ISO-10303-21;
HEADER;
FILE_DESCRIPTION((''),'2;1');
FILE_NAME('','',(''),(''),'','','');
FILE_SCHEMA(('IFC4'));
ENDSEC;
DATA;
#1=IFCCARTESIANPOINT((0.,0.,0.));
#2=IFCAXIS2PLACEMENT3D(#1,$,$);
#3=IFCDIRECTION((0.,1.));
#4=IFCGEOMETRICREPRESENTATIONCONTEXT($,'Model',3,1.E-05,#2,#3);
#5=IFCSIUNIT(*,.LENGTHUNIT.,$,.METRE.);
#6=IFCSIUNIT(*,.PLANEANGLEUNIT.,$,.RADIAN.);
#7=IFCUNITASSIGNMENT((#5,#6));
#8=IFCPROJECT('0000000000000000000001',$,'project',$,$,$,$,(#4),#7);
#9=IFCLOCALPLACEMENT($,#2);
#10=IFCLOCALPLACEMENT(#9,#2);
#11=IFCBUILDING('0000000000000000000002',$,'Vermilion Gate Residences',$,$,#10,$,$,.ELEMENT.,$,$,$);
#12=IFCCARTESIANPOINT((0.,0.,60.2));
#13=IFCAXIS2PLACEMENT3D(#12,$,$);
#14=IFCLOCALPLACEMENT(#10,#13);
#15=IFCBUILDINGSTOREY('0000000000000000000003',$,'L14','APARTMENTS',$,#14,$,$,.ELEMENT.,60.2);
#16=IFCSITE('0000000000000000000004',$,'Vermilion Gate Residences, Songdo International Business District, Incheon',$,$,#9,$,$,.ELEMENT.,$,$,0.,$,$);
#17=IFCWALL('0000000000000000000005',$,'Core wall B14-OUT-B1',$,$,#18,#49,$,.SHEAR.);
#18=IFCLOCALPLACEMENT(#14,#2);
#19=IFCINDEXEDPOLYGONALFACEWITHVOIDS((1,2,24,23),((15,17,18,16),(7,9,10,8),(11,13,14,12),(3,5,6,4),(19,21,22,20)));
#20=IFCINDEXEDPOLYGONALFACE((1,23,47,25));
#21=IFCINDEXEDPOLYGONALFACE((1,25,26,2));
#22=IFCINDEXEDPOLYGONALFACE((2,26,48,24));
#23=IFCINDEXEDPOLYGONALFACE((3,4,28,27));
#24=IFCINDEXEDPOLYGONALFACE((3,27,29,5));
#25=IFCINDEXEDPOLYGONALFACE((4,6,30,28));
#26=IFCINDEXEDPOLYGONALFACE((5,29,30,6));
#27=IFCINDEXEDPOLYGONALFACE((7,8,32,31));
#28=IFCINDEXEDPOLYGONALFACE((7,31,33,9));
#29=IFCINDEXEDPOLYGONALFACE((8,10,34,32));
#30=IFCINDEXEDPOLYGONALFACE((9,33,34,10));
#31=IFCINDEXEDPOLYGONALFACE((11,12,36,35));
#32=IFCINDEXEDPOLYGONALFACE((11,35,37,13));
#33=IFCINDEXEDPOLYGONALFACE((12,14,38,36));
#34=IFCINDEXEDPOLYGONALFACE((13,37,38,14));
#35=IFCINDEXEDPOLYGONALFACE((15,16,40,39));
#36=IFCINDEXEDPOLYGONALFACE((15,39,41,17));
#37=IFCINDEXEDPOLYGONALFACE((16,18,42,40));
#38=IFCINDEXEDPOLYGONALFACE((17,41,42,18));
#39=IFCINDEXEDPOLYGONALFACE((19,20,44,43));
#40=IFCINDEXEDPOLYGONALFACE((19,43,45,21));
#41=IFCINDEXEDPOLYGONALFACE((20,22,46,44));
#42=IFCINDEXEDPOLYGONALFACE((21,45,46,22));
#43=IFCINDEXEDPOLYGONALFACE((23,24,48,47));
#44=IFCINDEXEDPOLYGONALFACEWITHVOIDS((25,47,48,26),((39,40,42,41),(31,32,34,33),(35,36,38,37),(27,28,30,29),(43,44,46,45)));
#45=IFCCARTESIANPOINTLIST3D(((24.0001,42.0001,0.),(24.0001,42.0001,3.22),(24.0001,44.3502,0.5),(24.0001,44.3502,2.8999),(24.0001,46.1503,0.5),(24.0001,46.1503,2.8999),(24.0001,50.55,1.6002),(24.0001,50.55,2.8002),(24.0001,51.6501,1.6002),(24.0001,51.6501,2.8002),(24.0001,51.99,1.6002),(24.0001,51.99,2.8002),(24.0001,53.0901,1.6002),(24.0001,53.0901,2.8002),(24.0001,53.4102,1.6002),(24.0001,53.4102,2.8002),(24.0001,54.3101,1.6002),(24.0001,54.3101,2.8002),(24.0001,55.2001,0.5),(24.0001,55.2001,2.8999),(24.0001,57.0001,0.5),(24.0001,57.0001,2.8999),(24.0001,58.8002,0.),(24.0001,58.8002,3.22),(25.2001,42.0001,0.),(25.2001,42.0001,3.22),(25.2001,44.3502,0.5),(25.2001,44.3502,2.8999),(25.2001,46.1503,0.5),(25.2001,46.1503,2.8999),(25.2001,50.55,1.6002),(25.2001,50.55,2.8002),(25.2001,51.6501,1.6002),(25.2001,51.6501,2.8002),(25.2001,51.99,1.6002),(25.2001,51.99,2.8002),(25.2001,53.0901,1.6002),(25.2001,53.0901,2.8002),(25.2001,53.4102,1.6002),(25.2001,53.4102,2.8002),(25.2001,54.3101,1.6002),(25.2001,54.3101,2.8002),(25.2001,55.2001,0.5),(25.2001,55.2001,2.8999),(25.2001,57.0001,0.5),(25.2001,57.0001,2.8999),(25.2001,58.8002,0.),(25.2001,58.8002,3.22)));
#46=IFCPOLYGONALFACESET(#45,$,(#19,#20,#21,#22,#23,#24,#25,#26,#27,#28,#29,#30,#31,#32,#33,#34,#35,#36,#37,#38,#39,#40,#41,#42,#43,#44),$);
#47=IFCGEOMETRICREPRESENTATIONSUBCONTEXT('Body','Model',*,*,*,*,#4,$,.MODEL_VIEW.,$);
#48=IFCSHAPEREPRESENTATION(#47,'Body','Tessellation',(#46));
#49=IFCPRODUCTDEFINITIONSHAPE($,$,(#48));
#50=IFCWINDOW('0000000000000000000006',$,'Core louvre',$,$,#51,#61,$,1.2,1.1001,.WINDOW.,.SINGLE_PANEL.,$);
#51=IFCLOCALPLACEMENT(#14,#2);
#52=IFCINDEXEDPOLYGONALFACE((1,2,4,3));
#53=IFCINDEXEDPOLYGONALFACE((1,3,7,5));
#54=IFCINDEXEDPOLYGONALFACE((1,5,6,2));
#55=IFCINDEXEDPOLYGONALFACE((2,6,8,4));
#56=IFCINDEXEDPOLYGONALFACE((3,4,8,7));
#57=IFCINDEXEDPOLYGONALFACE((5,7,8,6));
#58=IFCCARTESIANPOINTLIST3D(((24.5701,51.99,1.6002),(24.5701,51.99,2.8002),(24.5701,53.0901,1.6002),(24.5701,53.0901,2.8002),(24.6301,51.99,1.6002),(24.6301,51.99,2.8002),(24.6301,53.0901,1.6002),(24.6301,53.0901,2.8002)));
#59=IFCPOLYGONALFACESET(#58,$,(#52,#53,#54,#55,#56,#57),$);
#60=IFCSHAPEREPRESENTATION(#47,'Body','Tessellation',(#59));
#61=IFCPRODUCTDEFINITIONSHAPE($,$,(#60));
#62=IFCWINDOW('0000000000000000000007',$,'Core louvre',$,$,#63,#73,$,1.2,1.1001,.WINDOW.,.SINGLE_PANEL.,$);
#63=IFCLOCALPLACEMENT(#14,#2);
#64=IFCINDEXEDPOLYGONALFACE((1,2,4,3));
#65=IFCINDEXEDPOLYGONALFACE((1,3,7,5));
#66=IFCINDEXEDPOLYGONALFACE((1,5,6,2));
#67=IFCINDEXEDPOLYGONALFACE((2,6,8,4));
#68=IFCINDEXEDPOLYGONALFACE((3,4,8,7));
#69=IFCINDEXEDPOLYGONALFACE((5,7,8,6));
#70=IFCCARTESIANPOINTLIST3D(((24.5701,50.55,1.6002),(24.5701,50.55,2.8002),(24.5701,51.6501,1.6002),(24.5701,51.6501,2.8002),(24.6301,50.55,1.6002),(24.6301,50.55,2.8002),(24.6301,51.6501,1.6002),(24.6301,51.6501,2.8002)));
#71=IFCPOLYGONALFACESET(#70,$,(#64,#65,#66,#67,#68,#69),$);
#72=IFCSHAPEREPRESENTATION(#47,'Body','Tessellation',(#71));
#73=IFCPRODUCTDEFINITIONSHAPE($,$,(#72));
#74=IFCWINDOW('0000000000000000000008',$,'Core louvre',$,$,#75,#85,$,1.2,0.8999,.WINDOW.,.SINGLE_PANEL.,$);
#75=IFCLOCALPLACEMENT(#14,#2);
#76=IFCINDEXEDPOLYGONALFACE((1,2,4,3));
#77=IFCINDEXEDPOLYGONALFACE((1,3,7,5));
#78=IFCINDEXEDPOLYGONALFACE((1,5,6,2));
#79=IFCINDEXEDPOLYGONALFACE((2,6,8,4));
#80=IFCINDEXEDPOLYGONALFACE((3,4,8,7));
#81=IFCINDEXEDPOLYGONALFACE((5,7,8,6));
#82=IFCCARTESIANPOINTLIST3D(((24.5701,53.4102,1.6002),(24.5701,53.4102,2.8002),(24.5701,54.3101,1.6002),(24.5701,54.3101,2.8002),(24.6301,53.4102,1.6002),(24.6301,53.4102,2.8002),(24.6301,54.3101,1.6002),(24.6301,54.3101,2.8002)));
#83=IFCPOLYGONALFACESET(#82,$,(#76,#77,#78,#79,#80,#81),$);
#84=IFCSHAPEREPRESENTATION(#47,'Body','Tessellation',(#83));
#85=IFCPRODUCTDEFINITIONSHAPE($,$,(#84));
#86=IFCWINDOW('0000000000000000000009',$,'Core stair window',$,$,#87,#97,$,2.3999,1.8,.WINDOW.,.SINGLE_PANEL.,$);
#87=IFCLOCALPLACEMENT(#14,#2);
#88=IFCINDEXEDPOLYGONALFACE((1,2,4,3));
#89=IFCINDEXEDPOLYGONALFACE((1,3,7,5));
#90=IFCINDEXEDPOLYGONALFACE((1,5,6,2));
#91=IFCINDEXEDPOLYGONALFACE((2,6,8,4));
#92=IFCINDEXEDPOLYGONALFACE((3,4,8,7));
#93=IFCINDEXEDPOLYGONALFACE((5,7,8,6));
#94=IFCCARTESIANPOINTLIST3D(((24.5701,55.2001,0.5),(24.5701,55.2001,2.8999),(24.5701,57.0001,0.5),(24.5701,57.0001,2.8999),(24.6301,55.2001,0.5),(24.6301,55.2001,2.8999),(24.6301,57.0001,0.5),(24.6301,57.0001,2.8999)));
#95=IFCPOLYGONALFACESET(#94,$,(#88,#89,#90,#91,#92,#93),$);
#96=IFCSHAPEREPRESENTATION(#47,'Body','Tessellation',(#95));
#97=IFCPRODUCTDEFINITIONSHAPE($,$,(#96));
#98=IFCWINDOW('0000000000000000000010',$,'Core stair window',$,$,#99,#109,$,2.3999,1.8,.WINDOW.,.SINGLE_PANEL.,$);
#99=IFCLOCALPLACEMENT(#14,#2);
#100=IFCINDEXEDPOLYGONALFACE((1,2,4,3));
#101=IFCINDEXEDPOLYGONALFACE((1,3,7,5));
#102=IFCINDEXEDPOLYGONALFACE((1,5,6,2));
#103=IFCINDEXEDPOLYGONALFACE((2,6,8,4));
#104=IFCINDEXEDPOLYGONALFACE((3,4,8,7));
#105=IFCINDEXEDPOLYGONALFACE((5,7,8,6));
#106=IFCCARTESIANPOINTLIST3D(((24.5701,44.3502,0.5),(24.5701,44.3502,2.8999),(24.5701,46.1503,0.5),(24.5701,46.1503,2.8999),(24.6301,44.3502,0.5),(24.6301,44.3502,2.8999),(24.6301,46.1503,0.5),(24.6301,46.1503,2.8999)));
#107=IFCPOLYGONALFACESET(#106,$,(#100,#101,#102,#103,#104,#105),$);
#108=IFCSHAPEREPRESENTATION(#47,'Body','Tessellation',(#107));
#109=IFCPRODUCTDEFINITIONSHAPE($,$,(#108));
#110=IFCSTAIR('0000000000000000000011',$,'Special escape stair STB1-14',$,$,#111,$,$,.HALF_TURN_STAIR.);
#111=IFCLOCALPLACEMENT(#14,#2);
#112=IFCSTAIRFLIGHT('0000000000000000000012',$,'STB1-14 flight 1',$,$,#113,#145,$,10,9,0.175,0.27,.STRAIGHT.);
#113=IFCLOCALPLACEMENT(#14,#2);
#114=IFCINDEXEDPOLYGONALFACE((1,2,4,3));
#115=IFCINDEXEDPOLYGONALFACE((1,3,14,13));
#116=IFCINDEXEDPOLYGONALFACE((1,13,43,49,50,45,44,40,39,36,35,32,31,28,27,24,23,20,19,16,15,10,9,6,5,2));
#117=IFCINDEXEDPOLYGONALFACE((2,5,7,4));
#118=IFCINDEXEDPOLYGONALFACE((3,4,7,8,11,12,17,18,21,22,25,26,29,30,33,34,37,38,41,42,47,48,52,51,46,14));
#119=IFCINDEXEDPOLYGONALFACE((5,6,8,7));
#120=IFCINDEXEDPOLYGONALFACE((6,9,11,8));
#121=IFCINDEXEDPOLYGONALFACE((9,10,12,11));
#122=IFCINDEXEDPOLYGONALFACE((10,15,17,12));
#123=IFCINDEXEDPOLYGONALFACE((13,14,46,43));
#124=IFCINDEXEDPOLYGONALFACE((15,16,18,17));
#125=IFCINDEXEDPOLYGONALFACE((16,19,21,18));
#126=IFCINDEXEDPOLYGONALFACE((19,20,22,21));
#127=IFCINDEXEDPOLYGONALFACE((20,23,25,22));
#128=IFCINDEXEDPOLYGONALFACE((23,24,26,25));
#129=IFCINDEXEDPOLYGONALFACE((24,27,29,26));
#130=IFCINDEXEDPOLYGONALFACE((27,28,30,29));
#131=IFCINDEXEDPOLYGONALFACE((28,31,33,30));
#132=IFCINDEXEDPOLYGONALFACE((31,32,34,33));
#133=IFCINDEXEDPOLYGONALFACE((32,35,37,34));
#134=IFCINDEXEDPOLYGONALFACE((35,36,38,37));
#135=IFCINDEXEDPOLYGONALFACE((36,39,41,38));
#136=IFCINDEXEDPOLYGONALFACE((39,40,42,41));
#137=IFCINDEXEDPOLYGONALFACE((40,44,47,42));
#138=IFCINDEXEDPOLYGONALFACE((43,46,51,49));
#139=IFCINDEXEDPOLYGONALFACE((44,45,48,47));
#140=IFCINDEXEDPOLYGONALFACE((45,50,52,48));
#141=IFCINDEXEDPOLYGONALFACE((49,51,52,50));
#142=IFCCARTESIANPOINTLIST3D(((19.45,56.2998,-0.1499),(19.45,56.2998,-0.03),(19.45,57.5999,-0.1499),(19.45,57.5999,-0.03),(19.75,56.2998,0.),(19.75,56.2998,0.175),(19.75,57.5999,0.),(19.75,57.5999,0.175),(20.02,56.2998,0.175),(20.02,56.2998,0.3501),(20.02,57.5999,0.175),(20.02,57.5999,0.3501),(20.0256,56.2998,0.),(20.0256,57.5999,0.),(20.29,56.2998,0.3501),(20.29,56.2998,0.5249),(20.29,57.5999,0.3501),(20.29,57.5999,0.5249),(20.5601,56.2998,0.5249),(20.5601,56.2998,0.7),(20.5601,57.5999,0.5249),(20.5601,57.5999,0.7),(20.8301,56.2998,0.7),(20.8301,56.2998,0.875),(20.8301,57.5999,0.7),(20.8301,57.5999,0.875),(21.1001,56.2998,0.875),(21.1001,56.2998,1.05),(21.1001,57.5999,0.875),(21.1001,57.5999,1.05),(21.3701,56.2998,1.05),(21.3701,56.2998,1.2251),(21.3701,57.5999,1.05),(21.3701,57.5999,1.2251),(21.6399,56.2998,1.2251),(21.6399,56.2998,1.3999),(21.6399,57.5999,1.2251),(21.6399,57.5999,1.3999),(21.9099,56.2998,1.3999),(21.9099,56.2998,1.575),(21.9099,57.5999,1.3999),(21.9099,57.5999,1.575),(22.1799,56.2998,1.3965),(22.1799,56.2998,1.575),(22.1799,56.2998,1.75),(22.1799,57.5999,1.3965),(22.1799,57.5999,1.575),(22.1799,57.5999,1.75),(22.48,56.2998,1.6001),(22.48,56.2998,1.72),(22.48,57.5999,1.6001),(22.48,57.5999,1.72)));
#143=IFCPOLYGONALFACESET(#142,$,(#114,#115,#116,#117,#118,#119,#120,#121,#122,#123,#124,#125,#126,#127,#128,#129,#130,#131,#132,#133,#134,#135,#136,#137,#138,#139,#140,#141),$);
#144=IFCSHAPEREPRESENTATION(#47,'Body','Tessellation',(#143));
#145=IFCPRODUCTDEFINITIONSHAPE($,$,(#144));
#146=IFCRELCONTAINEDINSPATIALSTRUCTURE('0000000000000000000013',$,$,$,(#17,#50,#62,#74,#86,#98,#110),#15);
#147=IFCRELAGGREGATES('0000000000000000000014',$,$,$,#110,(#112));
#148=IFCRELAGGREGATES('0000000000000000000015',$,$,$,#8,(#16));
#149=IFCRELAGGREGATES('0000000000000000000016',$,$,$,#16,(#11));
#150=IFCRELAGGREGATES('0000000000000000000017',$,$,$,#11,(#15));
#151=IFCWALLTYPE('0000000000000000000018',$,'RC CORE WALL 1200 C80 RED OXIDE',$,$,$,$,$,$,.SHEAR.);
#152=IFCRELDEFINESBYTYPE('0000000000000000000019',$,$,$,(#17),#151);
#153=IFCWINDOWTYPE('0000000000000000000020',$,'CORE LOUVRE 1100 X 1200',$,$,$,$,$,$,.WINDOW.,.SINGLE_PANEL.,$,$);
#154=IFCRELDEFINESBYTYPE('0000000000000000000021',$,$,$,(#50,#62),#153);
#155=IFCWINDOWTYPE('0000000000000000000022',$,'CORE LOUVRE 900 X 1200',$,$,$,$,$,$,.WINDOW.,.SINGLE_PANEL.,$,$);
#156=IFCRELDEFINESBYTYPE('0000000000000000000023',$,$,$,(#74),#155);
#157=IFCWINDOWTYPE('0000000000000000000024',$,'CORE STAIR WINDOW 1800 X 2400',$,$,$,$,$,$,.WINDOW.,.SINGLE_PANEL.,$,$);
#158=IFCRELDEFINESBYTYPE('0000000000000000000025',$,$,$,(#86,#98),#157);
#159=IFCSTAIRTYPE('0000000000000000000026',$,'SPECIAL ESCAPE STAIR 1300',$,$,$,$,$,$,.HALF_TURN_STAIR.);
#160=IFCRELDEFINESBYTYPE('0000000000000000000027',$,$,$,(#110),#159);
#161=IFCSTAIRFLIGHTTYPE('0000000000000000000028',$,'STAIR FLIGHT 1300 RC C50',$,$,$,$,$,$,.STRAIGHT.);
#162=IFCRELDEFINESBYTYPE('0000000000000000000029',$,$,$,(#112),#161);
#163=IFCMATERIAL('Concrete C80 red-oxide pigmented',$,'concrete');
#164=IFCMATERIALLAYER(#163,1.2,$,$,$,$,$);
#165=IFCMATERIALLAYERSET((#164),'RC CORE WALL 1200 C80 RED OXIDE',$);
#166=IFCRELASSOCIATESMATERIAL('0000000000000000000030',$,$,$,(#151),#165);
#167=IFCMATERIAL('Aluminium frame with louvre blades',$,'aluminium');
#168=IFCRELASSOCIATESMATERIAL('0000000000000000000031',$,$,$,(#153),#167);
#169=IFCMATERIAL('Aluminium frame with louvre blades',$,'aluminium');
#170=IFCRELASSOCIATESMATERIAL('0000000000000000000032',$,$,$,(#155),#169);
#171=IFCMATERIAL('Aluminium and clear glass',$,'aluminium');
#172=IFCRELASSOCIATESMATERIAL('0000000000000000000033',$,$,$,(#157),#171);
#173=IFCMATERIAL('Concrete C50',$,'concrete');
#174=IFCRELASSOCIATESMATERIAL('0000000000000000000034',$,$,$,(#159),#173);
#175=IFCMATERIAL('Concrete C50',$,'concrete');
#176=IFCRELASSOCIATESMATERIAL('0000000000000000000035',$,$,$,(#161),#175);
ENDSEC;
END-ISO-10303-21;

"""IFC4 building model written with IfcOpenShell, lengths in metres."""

from ifc_helpers import new_model, si_unit, direction, frame, frame_2d, origin, place, context, subcontext, project, spatial, polyline, rectangle, outline, extrude, material, layer, layer_set, type_object, element, fill, aggregate, save


model = new_model("IFC4")

# Units and contexts
model_context = context("Model", 3, precision=1e-05, world=origin(), true_north=direction((0.0, 1.0)))
body_context = subcontext(model_context, "Body", "Model", "MODEL_VIEW")
ifc_project = project(units=[si_unit("LENGTHUNIT", "METRE"), si_unit("PLANEANGLEUNIT", "RADIAN")], contexts=[model_context])

# Site, building, storey
site_placement = place(None, origin())
site = spatial("IfcSite", under=ifc_project, at=site_placement, Name="Vermilion Gate Residences, Songdo International Business District, Incheon", CompositionType="ELEMENT", RefElevation=0.0)
building_placement = place(site_placement, origin())
building = spatial("IfcBuilding", under=site, at=building_placement, Name="Vermilion Gate Residences", CompositionType="ELEMENT")
storey_placement = place(building_placement, frame((0.0, 0.0, 60.2)))
storey = spatial("IfcBuildingStorey", under=building, at=storey_placement, Name="L14", Description="APARTMENTS", CompositionType="ELEMENT", Elevation=60.2)

# Wall, openings, windows
ifc_material_1 = material(Name="Concrete C80 red-oxide pigmented", Category="concrete")
ifc_layer_1 = layer(ifc_material_1, 1.2)
ifc_layer_set_1 = layer_set([ifc_layer_1], Name="RC CORE WALL 1200 C80 RED OXIDE")
wall_type_1 = type_object("IfcWallType", Name="RC CORE WALL 1200 C80 RED OXIDE", PredefinedType="SHEAR", material=ifc_layer_set_1)
wall_1_placement = place(storey_placement, frame((24.6001, 58.8, 0.0), z_axis=(0.0, 0.0, 1.0), x_axis=(0.0, -1.0, 0.0)))
wall_1 = element("IfcWall", 1, at=wall_1_placement, inside=storey, type_object=wall_type_1, Name="Core wall B14-OUT-B1", PredefinedType="SHEAR", context=body_context, shape_type="SweptSolid", body=[
    extrude(rectangle(XDim=16.8, YDim=1.2, at=frame_2d((8.3999, 0.0))), origin(), (0.0, 0.0, 1.0), 3.22),
])
opening_1_placement = place(wall_1_placement, frame((1.8, 0.0, 0.5)))
opening_1 = element("IfcOpeningElement", 2, at=opening_1_placement, cuts=wall_1, PredefinedType="OPENING", context=body_context, shape_type="SweptSolid", body=[
    extrude(rectangle(XDim=1.8, YDim=2.3999, at=frame_2d((0.8999, 1.2))), frame((0.0, 0.6099, 0.0), z_axis=(0.0, -1.0, 0.0), x_axis=(1.0, 0.0, 0.0)), (0.0, 0.0, 1.0), 1.22),
])
opening_2_placement = place(wall_1_placement, frame((4.49, 0.0, 1.6001)))
opening_2 = element("IfcOpeningElement", 3, at=opening_2_placement, cuts=wall_1, PredefinedType="OPENING", context=body_context, shape_type="SweptSolid", body=[
    extrude(rectangle(XDim=0.8999, YDim=1.2, at=frame_2d((0.45, 0.6001))), frame((0.0, 0.6099, 0.0), z_axis=(0.0, -1.0, 0.0), x_axis=(1.0, 0.0, 0.0)), (0.0, 0.0, 1.0), 1.22),
])
opening_3_placement = place(wall_1_placement, frame((5.71, 0.0, 1.6001)))
opening_3 = element("IfcOpeningElement", 4, at=opening_3_placement, cuts=wall_1, PredefinedType="OPENING", context=body_context, shape_type="SweptSolid", body=[
    extrude(rectangle(XDim=1.1001, YDim=1.2, at=frame_2d((0.55, 0.6001))), frame((0.0, 0.6099, 0.0), z_axis=(0.0, -1.0, 0.0), x_axis=(1.0, 0.0, 0.0)), (0.0, 0.0, 1.0), 1.22),
])
opening_4_placement = place(wall_1_placement, frame((7.1499, 0.0, 1.6001)))
opening_4 = element("IfcOpeningElement", 5, at=opening_4_placement, cuts=wall_1, PredefinedType="OPENING", context=body_context, shape_type="SweptSolid", body=[
    extrude(rectangle(XDim=1.1001, YDim=1.2, at=frame_2d((0.55, 0.6001))), frame((0.0, 0.6099, 0.0), z_axis=(0.0, -1.0, 0.0), x_axis=(1.0, 0.0, 0.0)), (0.0, 0.0, 1.0), 1.22),
])
opening_5_placement = place(wall_1_placement, frame((12.6499, 0.0, 0.5)))
opening_5 = element("IfcOpeningElement", 6, at=opening_5_placement, cuts=wall_1, PredefinedType="OPENING", context=body_context, shape_type="SweptSolid", body=[
    extrude(rectangle(XDim=1.8, YDim=2.3999, at=frame_2d((0.8999, 1.2))), frame((0.0, 0.6099, 0.0), z_axis=(0.0, -1.0, 0.0), x_axis=(1.0, 0.0, 0.0)), (0.0, 0.0, 1.0), 1.22),
])
ifc_material_2 = material(Name="Aluminium frame with louvre blades", Category="aluminium")
window_type_1 = type_object("IfcWindowType", Name="CORE LOUVRE 1100 X 1200", PartitioningType="SINGLE_PANEL", PredefinedType="WINDOW", material=ifc_material_2)
window_1_placement = place(opening_3_placement, origin())
window_1 = element("IfcWindow", 7, at=window_1_placement, inside=storey, type_object=window_type_1, Name="Core louvre", OverallHeight=1.2, OverallWidth=1.1001, PartitioningType="SINGLE_PANEL", PredefinedType="WINDOW", context=body_context, shape_type="SweptSolid", body=[
    extrude(rectangle(XDim=1.1001, YDim=1.2, at=frame_2d((0.55, 0.6001))), frame((0.0, 0.03, 0.0), z_axis=(0.0, -1.0, 0.0), x_axis=(1.0, 0.0, 0.0)), (0.0, 0.0, 1.0), 0.0601),
])
fill(opening_3, window_1)
window_2_placement = place(opening_4_placement, origin())
window_2 = element("IfcWindow", 8, at=window_2_placement, inside=storey, type_object=window_type_1, Name="Core louvre", OverallHeight=1.2, OverallWidth=1.1001, PartitioningType="SINGLE_PANEL", PredefinedType="WINDOW", context=body_context, shape_type="SweptSolid", body=[
    extrude(rectangle(XDim=1.1001, YDim=1.2, at=frame_2d((0.55, 0.6001))), frame((0.0, 0.03, 0.0), z_axis=(0.0, -1.0, 0.0), x_axis=(1.0, 0.0, 0.0)), (0.0, 0.0, 1.0), 0.0601),
])
fill(opening_4, window_2)
ifc_material_3 = material(Name="Aluminium frame with louvre blades", Category="aluminium")
window_type_2 = type_object("IfcWindowType", Name="CORE LOUVRE 900 X 1200", PartitioningType="SINGLE_PANEL", PredefinedType="WINDOW", material=ifc_material_3)
window_3_placement = place(opening_2_placement, origin())
window_3 = element("IfcWindow", 9, at=window_3_placement, inside=storey, type_object=window_type_2, Name="Core louvre", OverallHeight=1.2, OverallWidth=0.8999, PartitioningType="SINGLE_PANEL", PredefinedType="WINDOW", context=body_context, shape_type="SweptSolid", body=[
    extrude(rectangle(XDim=0.8999, YDim=1.2, at=frame_2d((0.45, 0.6001))), frame((0.0, 0.03, 0.0), z_axis=(0.0, -1.0, 0.0), x_axis=(1.0, 0.0, 0.0)), (0.0, 0.0, 1.0), 0.0601),
])
fill(opening_2, window_3)
ifc_material_4 = material(Name="Aluminium and clear glass", Category="aluminium")
window_type_3 = type_object("IfcWindowType", Name="CORE STAIR WINDOW 1800 X 2400", PartitioningType="SINGLE_PANEL", PredefinedType="WINDOW", material=ifc_material_4)
window_4_placement = place(opening_1_placement, origin())
window_4 = element("IfcWindow", 10, at=window_4_placement, inside=storey, type_object=window_type_3, Name="Core stair window", OverallHeight=2.3999, OverallWidth=1.8, PartitioningType="SINGLE_PANEL", PredefinedType="WINDOW", context=body_context, shape_type="SweptSolid", body=[
    extrude(rectangle(XDim=1.8, YDim=2.3999, at=frame_2d((0.8999, 1.2))), frame((0.0, 0.03, 0.0), z_axis=(0.0, -1.0, 0.0), x_axis=(1.0, 0.0, 0.0)), (0.0, 0.0, 1.0), 0.0601),
])
fill(opening_1, window_4)
window_5_placement = place(opening_5_placement, origin())
window_5 = element("IfcWindow", 11, at=window_5_placement, inside=storey, type_object=window_type_3, Name="Core stair window", OverallHeight=2.3999, OverallWidth=1.8, PartitioningType="SINGLE_PANEL", PredefinedType="WINDOW", context=body_context, shape_type="SweptSolid", body=[
    extrude(rectangle(XDim=1.8, YDim=2.3999, at=frame_2d((0.8999, 1.2))), frame((0.0, 0.03, 0.0), z_axis=(0.0, -1.0, 0.0), x_axis=(1.0, 0.0, 0.0)), (0.0, 0.0, 1.0), 0.0601),
])
fill(opening_5, window_5)

# Stair, stair flight
ifc_material_5 = material(Name="Concrete C50", Category="concrete")
stair_type = type_object("IfcStairType", Name="SPECIAL ESCAPE STAIR 1300", PredefinedType="HALF_TURN_STAIR", material=ifc_material_5)
stair_placement = place(storey_placement, origin())
stair = element("IfcStair", 12, at=stair_placement, inside=storey, type_object=stair_type, Name="Special escape stair STB1-14", PredefinedType="HALF_TURN_STAIR")
ifc_material_6 = material(Name="Concrete C50", Category="concrete")
stair_flight_type = type_object("IfcStairFlightType", Name="STAIR FLIGHT 1300 RC C50", PredefinedType="STRAIGHT", material=ifc_material_6)
stair_flight_1_placement = place(storey_placement, frame((19.75, 56.95, 0.0), z_axis=(0.0, 0.0, 1.0), x_axis=(1.0, 0.0, 0.0)))
stair_flight_1 = element("IfcStairFlight", 13, at=stair_flight_1_placement, type_object=stair_flight_type, Name="STB1-14 flight 1", NumberOfRisers=10, NumberOfTreads=9, PredefinedType="STRAIGHT", RiserHeight=0.175, TreadLength=0.27, context=body_context, shape_type="SweptSolid", body=[
    extrude(outline(polyline([(-0.3, -0.1499), (-0.3, -0.03), (0.0, 0.0), (0.0, 0.175), (0.27, 0.175), (0.27, 0.3501), (0.54, 0.3501), (0.54, 0.5249), (0.8101, 0.5249), (0.8101, 0.7), (1.0801, 0.7), (1.0801, 0.875), (1.3501, 0.875), (1.3501, 1.05), (1.6201, 1.05), (1.6201, 1.2251), (1.8899, 1.2251), (1.8899, 1.3999), (2.1599, 1.3999), (2.1599, 1.575), (2.4299, 1.575), (2.4299, 1.75), (2.73, 1.72), (2.73, 1.6001), (2.4299, 1.3965), (0.2756, 0.0), (-0.3, -0.1499)])), frame((0.0, 0.6499, 0.0), z_axis=(0.0, -1.0, 0.0), x_axis=(1.0, 0.0, 0.0)), (0.0, 0.0, 1.0), 1.3),
])
aggregate(stair, [stair_flight_1])

save(model, "model.ifc")
